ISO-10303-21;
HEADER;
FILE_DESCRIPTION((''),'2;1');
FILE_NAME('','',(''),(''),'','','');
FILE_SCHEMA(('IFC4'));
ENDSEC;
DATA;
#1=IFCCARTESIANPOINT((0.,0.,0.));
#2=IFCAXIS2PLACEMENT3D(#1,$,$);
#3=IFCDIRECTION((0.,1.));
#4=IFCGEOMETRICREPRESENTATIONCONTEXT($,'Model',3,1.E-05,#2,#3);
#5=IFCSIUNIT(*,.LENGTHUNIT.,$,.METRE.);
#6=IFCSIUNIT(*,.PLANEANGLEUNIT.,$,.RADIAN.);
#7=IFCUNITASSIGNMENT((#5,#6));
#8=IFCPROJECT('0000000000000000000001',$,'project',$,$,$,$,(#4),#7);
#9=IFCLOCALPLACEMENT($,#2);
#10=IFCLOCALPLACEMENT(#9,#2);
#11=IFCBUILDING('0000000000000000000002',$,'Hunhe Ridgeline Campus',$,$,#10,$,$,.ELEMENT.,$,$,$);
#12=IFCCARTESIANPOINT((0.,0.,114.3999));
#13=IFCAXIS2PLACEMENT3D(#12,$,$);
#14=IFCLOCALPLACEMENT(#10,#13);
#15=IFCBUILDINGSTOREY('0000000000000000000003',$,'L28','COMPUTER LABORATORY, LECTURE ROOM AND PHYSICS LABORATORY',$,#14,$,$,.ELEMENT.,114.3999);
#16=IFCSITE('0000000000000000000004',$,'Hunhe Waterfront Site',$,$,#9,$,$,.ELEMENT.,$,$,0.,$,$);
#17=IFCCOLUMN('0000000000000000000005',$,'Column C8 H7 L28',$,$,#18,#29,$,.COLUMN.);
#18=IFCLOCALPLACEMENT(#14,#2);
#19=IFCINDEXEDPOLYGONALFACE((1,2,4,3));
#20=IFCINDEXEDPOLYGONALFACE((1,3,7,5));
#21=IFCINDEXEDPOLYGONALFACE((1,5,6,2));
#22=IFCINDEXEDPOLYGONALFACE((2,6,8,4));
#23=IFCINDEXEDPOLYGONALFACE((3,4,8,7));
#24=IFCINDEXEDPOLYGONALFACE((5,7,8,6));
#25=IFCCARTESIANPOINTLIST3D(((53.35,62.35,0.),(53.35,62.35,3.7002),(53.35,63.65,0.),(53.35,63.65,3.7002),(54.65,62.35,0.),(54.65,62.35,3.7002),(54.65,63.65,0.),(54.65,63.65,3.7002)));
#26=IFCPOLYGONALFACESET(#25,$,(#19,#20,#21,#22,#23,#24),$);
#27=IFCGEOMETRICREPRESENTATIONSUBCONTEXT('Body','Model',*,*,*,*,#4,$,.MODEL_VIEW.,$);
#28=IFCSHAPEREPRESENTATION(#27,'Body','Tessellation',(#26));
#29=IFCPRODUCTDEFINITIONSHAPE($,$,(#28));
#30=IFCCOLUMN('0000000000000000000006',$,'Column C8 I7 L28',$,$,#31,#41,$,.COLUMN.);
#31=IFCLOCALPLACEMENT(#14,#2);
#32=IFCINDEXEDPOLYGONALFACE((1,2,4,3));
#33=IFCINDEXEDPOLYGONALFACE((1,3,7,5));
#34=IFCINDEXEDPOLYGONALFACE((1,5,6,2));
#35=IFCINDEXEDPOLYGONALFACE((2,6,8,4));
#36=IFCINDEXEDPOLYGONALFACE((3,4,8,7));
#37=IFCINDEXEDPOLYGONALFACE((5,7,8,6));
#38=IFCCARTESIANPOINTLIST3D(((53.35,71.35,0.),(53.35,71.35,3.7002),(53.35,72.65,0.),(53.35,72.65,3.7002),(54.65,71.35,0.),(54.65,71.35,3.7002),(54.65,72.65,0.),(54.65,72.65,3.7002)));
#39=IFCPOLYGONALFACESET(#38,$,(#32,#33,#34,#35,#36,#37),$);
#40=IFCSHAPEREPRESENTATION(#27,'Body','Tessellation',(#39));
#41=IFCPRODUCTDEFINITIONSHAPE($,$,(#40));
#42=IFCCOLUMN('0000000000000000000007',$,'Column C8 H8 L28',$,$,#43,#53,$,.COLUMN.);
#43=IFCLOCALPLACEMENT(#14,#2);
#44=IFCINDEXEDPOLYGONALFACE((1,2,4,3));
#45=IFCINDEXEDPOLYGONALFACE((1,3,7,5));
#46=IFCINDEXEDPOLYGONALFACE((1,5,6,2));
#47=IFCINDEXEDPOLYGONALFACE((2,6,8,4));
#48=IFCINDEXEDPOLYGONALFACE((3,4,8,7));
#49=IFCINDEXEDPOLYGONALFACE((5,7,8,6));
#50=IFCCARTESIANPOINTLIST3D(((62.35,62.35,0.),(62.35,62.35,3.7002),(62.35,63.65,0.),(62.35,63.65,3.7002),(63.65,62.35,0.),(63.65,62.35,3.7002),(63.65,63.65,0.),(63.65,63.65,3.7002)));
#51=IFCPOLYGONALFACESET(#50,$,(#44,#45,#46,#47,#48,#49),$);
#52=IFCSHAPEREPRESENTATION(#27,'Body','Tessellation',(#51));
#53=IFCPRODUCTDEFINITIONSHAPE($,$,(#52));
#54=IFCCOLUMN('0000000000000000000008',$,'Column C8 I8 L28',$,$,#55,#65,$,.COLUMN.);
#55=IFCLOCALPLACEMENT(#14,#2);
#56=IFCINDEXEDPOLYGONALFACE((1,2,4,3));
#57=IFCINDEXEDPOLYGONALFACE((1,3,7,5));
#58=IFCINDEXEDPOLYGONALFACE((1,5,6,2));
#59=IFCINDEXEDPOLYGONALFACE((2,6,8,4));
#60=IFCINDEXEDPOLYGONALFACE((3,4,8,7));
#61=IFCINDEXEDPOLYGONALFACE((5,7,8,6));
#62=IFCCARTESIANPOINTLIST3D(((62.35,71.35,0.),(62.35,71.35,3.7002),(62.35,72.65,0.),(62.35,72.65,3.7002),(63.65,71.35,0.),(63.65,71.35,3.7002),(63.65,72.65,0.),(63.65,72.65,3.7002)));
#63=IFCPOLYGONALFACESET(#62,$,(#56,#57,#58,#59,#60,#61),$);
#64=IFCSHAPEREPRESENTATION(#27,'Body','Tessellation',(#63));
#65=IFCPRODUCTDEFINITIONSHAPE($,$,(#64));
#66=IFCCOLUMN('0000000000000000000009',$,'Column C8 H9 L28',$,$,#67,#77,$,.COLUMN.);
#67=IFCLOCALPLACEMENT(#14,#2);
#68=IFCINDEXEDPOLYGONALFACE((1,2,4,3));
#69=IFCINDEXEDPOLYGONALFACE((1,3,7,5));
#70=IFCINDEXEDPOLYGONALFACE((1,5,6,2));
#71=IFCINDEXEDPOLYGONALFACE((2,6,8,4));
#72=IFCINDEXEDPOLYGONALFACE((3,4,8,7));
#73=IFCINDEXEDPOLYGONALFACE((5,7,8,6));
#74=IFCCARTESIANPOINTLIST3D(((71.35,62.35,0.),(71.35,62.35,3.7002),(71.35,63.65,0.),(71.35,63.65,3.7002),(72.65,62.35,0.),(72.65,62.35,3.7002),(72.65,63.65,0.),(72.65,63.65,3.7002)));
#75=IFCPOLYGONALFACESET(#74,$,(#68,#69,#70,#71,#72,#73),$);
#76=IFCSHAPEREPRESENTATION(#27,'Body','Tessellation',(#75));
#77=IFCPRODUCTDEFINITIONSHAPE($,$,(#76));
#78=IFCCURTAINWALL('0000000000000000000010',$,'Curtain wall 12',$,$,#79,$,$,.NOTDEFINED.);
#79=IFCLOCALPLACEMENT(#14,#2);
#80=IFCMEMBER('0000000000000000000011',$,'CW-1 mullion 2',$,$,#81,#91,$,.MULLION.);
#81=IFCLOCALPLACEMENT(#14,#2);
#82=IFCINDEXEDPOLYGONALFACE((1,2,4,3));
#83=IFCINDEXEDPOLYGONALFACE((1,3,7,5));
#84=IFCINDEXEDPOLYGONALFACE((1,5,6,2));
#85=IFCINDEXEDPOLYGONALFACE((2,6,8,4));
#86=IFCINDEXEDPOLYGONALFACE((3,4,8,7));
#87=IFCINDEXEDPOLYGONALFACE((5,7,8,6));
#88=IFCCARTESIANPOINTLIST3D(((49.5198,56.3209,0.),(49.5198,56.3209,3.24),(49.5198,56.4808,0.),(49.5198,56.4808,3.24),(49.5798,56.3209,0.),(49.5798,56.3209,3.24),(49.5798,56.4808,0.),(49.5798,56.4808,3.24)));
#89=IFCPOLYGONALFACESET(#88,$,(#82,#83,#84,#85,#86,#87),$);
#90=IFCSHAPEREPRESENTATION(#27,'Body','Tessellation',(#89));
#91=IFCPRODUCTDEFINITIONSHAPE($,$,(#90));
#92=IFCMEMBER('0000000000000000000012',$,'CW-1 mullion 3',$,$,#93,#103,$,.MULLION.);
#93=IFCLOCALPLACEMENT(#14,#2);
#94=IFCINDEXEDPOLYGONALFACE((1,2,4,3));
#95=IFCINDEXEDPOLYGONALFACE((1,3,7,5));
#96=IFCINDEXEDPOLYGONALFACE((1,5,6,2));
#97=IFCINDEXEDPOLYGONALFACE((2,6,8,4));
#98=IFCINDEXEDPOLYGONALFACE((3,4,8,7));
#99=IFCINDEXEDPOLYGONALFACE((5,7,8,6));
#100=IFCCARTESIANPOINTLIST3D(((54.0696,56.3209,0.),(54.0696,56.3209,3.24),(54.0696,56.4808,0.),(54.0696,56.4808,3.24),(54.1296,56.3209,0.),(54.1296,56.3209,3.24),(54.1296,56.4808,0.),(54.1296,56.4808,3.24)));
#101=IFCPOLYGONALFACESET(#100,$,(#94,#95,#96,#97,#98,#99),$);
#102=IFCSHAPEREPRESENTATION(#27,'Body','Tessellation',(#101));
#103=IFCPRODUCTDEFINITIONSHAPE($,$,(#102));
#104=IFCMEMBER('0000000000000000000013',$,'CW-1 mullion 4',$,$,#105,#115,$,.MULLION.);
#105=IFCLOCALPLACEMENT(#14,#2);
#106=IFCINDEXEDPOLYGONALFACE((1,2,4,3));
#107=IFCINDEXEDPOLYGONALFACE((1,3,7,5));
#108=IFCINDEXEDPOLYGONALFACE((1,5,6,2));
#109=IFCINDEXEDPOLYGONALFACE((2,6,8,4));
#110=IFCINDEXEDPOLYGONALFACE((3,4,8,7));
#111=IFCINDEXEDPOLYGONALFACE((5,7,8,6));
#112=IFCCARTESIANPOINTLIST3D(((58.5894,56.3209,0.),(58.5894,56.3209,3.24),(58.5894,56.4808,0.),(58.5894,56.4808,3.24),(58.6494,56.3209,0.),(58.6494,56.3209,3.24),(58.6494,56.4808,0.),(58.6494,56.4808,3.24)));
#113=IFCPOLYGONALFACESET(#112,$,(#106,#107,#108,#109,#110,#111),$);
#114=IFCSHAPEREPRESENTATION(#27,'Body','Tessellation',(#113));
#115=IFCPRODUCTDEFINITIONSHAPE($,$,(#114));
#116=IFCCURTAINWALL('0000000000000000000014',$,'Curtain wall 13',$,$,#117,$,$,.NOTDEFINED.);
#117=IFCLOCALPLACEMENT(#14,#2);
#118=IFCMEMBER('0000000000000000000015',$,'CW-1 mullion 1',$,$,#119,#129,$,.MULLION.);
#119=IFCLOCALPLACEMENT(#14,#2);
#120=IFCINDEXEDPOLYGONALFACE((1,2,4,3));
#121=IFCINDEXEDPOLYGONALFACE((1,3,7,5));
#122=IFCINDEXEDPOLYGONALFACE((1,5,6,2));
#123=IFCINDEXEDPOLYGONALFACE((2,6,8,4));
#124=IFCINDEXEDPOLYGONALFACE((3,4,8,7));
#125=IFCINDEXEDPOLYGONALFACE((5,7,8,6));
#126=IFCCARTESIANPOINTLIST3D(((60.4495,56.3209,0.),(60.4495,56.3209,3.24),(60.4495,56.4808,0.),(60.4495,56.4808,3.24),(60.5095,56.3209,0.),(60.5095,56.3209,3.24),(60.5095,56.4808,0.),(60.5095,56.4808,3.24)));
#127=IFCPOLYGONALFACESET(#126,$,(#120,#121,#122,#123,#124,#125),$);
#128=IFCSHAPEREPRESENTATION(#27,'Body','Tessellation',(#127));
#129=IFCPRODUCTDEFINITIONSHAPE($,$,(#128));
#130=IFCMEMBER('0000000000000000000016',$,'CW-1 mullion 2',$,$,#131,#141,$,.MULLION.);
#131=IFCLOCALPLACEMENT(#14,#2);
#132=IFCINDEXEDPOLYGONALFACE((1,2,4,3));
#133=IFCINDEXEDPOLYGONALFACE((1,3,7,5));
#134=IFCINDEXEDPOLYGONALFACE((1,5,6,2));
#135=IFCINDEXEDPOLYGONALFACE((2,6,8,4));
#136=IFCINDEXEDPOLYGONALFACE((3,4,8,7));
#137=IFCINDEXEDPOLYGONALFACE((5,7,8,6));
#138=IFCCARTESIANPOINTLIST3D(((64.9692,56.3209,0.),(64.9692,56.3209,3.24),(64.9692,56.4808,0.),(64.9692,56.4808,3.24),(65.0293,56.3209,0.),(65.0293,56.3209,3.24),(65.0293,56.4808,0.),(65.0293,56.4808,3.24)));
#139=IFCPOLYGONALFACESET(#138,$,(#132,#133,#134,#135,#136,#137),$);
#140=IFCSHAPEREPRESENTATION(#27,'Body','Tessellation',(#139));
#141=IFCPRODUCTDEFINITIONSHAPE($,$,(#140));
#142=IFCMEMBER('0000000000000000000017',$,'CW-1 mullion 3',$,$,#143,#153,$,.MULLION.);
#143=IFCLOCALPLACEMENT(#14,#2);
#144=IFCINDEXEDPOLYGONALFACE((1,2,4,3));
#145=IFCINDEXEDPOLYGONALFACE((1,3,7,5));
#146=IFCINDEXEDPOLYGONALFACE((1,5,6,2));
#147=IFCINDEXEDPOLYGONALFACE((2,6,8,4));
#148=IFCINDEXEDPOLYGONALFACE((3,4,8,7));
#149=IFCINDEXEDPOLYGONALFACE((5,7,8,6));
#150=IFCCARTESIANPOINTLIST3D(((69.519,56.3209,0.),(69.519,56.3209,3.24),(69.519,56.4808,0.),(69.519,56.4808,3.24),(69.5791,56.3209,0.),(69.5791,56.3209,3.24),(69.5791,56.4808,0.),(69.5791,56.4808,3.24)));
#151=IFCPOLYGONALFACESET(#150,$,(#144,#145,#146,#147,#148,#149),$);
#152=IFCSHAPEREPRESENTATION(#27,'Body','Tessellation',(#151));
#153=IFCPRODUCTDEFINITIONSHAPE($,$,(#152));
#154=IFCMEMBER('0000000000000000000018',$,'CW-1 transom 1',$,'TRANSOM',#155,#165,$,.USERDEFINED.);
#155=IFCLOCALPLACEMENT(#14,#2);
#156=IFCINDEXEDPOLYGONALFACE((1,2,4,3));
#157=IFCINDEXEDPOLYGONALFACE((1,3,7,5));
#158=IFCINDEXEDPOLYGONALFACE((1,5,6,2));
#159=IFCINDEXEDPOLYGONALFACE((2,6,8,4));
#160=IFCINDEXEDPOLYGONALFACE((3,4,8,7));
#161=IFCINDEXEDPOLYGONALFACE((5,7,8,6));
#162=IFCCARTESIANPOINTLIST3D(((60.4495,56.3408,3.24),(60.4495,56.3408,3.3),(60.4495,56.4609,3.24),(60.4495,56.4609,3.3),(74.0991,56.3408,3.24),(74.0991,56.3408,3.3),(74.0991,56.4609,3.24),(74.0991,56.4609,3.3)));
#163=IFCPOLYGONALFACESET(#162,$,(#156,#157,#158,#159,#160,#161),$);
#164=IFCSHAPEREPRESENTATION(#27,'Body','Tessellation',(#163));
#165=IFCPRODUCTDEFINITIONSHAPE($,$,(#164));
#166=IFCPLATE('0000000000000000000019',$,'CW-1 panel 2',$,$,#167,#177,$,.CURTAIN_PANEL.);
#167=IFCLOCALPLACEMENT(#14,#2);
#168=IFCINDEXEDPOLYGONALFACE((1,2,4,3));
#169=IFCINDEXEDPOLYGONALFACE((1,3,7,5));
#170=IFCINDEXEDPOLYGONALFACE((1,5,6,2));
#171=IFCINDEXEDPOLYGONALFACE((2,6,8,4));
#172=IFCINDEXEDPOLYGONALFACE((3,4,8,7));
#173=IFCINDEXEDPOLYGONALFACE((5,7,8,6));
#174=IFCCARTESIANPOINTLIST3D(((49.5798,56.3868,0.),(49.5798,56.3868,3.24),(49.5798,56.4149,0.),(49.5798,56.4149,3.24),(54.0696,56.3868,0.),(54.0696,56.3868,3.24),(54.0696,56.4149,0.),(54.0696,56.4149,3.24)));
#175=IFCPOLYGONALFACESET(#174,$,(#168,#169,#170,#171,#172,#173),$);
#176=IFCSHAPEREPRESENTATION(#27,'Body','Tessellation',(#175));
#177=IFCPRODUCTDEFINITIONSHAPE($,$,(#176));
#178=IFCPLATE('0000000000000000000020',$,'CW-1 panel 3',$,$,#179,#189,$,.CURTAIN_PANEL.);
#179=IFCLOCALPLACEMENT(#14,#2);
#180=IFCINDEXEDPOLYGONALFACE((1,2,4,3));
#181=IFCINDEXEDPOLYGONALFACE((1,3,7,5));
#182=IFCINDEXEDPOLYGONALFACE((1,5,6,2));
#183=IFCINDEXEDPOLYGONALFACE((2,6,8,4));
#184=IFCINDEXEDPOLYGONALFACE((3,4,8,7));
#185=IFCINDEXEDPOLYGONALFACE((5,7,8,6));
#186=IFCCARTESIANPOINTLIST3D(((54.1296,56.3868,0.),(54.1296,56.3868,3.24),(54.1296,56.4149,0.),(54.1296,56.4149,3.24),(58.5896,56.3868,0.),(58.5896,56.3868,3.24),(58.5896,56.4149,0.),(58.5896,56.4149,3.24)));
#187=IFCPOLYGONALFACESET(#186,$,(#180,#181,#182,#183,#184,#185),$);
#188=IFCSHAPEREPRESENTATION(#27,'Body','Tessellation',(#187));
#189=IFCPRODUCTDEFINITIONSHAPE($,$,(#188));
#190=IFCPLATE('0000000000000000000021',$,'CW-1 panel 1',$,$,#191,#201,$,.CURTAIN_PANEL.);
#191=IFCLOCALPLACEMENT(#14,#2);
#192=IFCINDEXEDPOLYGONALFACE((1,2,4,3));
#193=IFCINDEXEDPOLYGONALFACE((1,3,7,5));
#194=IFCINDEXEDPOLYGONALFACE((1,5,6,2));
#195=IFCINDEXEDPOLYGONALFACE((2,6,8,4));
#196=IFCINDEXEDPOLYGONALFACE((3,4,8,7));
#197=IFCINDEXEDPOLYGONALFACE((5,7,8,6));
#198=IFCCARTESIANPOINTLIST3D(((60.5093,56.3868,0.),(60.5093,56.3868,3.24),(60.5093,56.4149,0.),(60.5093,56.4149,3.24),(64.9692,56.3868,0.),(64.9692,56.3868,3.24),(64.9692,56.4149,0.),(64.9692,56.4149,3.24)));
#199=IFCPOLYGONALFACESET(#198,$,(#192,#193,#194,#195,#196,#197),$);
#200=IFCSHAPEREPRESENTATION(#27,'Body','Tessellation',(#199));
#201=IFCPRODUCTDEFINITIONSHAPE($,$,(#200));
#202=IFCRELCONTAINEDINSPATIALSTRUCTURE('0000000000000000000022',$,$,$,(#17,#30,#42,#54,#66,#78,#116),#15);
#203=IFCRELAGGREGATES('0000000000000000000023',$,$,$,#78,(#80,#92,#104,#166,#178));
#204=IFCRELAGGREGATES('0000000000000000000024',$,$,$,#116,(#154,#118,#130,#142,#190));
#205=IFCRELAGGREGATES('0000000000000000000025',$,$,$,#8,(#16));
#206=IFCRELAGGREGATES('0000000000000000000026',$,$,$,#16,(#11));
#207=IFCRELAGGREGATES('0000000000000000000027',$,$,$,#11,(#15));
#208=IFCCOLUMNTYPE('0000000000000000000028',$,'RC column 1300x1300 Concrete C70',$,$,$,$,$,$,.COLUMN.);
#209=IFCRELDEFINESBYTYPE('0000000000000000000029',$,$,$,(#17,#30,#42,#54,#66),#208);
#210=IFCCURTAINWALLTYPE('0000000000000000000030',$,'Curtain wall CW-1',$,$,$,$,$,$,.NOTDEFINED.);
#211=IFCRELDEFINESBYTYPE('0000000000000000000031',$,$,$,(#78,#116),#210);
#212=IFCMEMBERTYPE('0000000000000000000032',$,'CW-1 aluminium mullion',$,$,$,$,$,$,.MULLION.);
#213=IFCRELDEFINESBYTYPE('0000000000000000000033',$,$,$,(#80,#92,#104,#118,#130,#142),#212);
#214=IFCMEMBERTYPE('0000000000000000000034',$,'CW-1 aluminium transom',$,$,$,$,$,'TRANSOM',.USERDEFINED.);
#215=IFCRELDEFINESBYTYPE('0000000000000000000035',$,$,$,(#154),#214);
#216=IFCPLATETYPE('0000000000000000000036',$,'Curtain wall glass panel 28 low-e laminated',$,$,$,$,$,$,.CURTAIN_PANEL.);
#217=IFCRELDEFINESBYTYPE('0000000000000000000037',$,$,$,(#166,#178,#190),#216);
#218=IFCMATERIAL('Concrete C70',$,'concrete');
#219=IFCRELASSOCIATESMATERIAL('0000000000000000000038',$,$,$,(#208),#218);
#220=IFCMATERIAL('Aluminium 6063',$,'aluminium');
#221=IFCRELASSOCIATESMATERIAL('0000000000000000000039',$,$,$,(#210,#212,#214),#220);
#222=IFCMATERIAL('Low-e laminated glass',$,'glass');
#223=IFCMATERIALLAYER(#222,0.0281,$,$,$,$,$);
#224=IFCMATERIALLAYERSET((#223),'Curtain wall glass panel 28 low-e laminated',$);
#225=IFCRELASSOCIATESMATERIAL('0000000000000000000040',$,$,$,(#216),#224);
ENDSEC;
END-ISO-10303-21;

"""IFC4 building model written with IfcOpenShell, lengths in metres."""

from ifc_helpers import new_model, si_unit, direction, frame, origin, origin_2d, place, context, subcontext, project, spatial, rectangle, extrude, material, layer, layer_set, material_profile, profile_set, type_object, element, aggregate, save


model = new_model("IFC4")

# Units and contexts
model_context = context("Model", 3, precision=1e-05, world=origin(), true_north=direction((0.0, 1.0)))
body_context = subcontext(model_context, "Body", "Model", "MODEL_VIEW")
ifc_project = project(units=[si_unit("LENGTHUNIT", "METRE"), si_unit("PLANEANGLEUNIT", "RADIAN")], contexts=[model_context])

# Site, building, storey
site_placement = place(None, origin())
site = spatial("IfcSite", under=ifc_project, at=site_placement, Name="Hunhe Waterfront Site", CompositionType="ELEMENT", RefElevation=0.0)
building_placement = place(site_placement, origin())
building = spatial("IfcBuilding", under=site, at=building_placement, Name="Hunhe Ridgeline Campus", CompositionType="ELEMENT")
storey_placement = place(building_placement, frame((0.0, 0.0, 114.3999)))
storey = spatial("IfcBuildingStorey", under=building, at=storey_placement, Name="L28", Description="COMPUTER LABORATORY, LECTURE ROOM AND PHYSICS LABORATORY", CompositionType="ELEMENT", Elevation=114.3999)

# Columns
ifc_material_1 = material(Name="Concrete C70", Category="concrete")
ifc_material_profile_1 = material_profile(ifc_material_1, rectangle(XDim=1.3, YDim=1.3, at=origin_2d()))
ifc_profile_set_1 = profile_set([ifc_material_profile_1], Name="Concrete C70")
column_type = type_object("IfcColumnType", Name="RC column 1300x1300 Concrete C70", PredefinedType="COLUMN", material=ifc_profile_set_1)
for number, where, z_axis, x_axis, name in (
    (1, (54.0, 63.0, 0.0), (0.0, 0.0, 1.0), (1.0, 0.0, 0.0), "Column C8 H7 L28"),
    (2, (54.0, 72.0, 0.0), (0.0, 0.0, 1.0), (1.0, 0.0, 0.0), "Column C8 I7 L28"),
    (3, (63.0, 63.0, 0.0), (0.0, 0.0, 1.0), (1.0, 0.0, 0.0), "Column C8 H8 L28"),
    (4, (63.0, 72.0, 0.0), (0.0, 0.0, 1.0), (1.0, 0.0, 0.0), "Column C8 I8 L28"),
    (5, (72.0, 63.0, 0.0), (0.0, 0.0, 1.0), (1.0, 0.0, 0.0), "Column C8 H9 L28"),
):
    element("IfcColumn", number, at=place(storey_placement, frame(where, z_axis=z_axis, x_axis=x_axis)), inside=storey, type_object=column_type, Name=name, PredefinedType="COLUMN", context=body_context, shape_type="SweptSolid", body=[
        extrude(rectangle(XDim=1.3, YDim=1.3, at=origin_2d()), origin(), (0.0, 0.0, 1.0), 3.7002),
    ])

# Curtain walls, members
ifc_material_2 = material(Name="Aluminium 6063", Category="aluminium")
curtain_wall_type = type_object("IfcCurtainWallType", Name="Curtain wall CW-1", PredefinedType="NOTDEFINED", material=ifc_material_2)
curtain_wall_1_placement = place(storey_placement, origin())
curtain_wall_1 = element("IfcCurtainWall", 6, at=curtain_wall_1_placement, inside=storey, type_object=curtain_wall_type, Name="Curtain wall 12", PredefinedType="NOTDEFINED")
ifc_material_profile_2 = material_profile(ifc_material_2, rectangle(XDim=0.1599, YDim=0.0601, at=origin_2d()))
ifc_profile_set_2 = profile_set([ifc_material_profile_2], Name="Aluminium 6063")
member_type_1 = type_object("IfcMemberType", Name="CW-1 aluminium mullion", PredefinedType="MULLION", material=ifc_profile_set_2)
member_1_placement = place(storey_placement, frame((49.5498, 56.4009, 0.0), z_axis=(0.0, 0.0, 1.0), x_axis=(0.0, 1.0, 0.0)))
member_1 = element("IfcMember", 7, at=member_1_placement, type_object=member_type_1, Name="CW-1 mullion 2", PredefinedType="MULLION", context=body_context, shape_type="SweptSolid", body=[
    extrude(rectangle(XDim=0.1599, YDim=0.0601, at=origin_2d()), origin(), (0.0, 0.0, 1.0), 3.24),
])
member_2_placement = place(storey_placement, frame((54.0996, 56.4009, 0.0), z_axis=(0.0, 0.0, 1.0), x_axis=(0.0, 1.0, 0.0)))
member_2 = element("IfcMember", 8, at=member_2_placement, type_object=member_type_1, Name="CW-1 mullion 3", PredefinedType="MULLION", context=body_context, shape_type="SweptSolid", body=[
    extrude(rectangle(XDim=0.1599, YDim=0.0601, at=origin_2d()), origin(), (0.0, 0.0, 1.0), 3.24),
])
member_3_placement = place(storey_placement, frame((58.6194, 56.4009, 0.0), z_axis=(0.0, 0.0, 1.0), x_axis=(0.0, 1.0, 0.0)))
member_3 = element("IfcMember", 9, at=member_3_placement, type_object=member_type_1, Name="CW-1 mullion 4", PredefinedType="MULLION", context=body_context, shape_type="SweptSolid", body=[
    extrude(rectangle(XDim=0.1599, YDim=0.0601, at=origin_2d()), origin(), (0.0, 0.0, 1.0), 3.24),
])
curtain_wall_2_placement = place(storey_placement, origin())
curtain_wall_2 = element("IfcCurtainWall", 10, at=curtain_wall_2_placement, inside=storey, type_object=curtain_wall_type, Name="Curtain wall 13", PredefinedType="NOTDEFINED")
member_4_placement = place(storey_placement, frame((60.4795, 56.4009, 0.0), z_axis=(0.0, 0.0, 1.0), x_axis=(0.0, 1.0, 0.0)))
member_4 = element("IfcMember", 11, at=member_4_placement, type_object=member_type_1, Name="CW-1 mullion 1", PredefinedType="MULLION", context=body_context, shape_type="SweptSolid", body=[
    extrude(rectangle(XDim=0.1599, YDim=0.0601, at=origin_2d()), origin(), (0.0, 0.0, 1.0), 3.24),
])
member_5_placement = place(storey_placement, frame((64.9993, 56.4009, 0.0), z_axis=(0.0, 0.0, 1.0), x_axis=(0.0, 1.0, 0.0)))
member_5 = element("IfcMember", 12, at=member_5_placement, type_object=member_type_1, Name="CW-1 mullion 2", PredefinedType="MULLION", context=body_context, shape_type="SweptSolid", body=[
    extrude(rectangle(XDim=0.1599, YDim=0.0601, at=origin_2d()), origin(), (0.0, 0.0, 1.0), 3.24),
])
member_6_placement = place(storey_placement, frame((69.5491, 56.4009, 0.0), z_axis=(0.0, 0.0, 1.0), x_axis=(0.0, 1.0, 0.0)))
member_6 = element("IfcMember", 13, at=member_6_placement, type_object=member_type_1, Name="CW-1 mullion 3", PredefinedType="MULLION", context=body_context, shape_type="SweptSolid", body=[
    extrude(rectangle(XDim=0.1599, YDim=0.0601, at=origin_2d()), origin(), (0.0, 0.0, 1.0), 3.24),
])
ifc_material_profile_3 = material_profile(ifc_material_2, rectangle(XDim=0.1201, YDim=0.0601, at=origin_2d()))
ifc_profile_set_3 = profile_set([ifc_material_profile_3], Name="Aluminium 6063")
member_type_2 = type_object("IfcMemberType", Name="CW-1 aluminium transom", ElementType="TRANSOM", PredefinedType="USERDEFINED", material=ifc_profile_set_3)
member_7_placement = place(storey_placement, frame((60.4495, 56.4009, 3.27), z_axis=(1.0, 0.0, 0.0), x_axis=(0.0, 1.0, 0.0)))
member_7 = element("IfcMember", 14, at=member_7_placement, type_object=member_type_2, Name="CW-1 transom 1", ObjectType="TRANSOM", PredefinedType="USERDEFINED", context=body_context, shape_type="SweptSolid", body=[
    extrude(rectangle(XDim=0.1201, YDim=0.0601, at=origin_2d()), origin(), (0.0, 0.0, 1.0), 13.6497),
])

# Plates
ifc_material_3 = material(Name="Low-e laminated glass", Category="glass")
ifc_layer_1 = layer(ifc_material_3, 0.0281)
ifc_layer_set_1 = layer_set([ifc_layer_1], Name="Curtain wall glass panel 28 low-e laminated")
plate_type = type_object("IfcPlateType", Name="Curtain wall glass panel 28 low-e laminated", PredefinedType="CURTAIN_PANEL", material=ifc_layer_set_1)
plate_1_placement = place(storey_placement, frame((51.8247, 56.4009, 0.0), z_axis=(0.0, 0.0, 1.0), x_axis=(1.0, 0.0, 0.0)))
plate_1 = element("IfcPlate", 15, at=plate_1_placement, type_object=plate_type, Name="CW-1 panel 2", PredefinedType="CURTAIN_PANEL", context=body_context, shape_type="SweptSolid", body=[
    extrude(rectangle(XDim=4.4897, YDim=0.0281, at=origin_2d()), origin(), (0.0, 0.0, 1.0), 3.24),
])
plate_2_placement = place(storey_placement, frame((56.3596, 56.4009, 0.0), z_axis=(0.0, 0.0, 1.0), x_axis=(1.0, 0.0, 0.0)))
plate_2 = element("IfcPlate", 16, at=plate_2_placement, type_object=plate_type, Name="CW-1 panel 3", PredefinedType="CURTAIN_PANEL", context=body_context, shape_type="SweptSolid", body=[
    extrude(rectangle(XDim=4.46, YDim=0.0281, at=origin_2d()), origin(), (0.0, 0.0, 1.0), 3.24),
])
aggregate(curtain_wall_1, [member_1, member_2, member_3, plate_1, plate_2])
plate_3_placement = place(storey_placement, frame((62.7393, 56.4009, 0.0), z_axis=(0.0, 0.0, 1.0), x_axis=(1.0, 0.0, 0.0)))
plate_3 = element("IfcPlate", 17, at=plate_3_placement, type_object=plate_type, Name="CW-1 panel 1", PredefinedType="CURTAIN_PANEL", context=body_context, shape_type="SweptSolid", body=[
    extrude(rectangle(XDim=4.46, YDim=0.0281, at=origin_2d()), origin(), (0.0, 0.0, 1.0), 3.24),
])
aggregate(curtain_wall_2, [member_7, member_4, member_5, member_6, plate_3])

save(model, "model.ifc")
